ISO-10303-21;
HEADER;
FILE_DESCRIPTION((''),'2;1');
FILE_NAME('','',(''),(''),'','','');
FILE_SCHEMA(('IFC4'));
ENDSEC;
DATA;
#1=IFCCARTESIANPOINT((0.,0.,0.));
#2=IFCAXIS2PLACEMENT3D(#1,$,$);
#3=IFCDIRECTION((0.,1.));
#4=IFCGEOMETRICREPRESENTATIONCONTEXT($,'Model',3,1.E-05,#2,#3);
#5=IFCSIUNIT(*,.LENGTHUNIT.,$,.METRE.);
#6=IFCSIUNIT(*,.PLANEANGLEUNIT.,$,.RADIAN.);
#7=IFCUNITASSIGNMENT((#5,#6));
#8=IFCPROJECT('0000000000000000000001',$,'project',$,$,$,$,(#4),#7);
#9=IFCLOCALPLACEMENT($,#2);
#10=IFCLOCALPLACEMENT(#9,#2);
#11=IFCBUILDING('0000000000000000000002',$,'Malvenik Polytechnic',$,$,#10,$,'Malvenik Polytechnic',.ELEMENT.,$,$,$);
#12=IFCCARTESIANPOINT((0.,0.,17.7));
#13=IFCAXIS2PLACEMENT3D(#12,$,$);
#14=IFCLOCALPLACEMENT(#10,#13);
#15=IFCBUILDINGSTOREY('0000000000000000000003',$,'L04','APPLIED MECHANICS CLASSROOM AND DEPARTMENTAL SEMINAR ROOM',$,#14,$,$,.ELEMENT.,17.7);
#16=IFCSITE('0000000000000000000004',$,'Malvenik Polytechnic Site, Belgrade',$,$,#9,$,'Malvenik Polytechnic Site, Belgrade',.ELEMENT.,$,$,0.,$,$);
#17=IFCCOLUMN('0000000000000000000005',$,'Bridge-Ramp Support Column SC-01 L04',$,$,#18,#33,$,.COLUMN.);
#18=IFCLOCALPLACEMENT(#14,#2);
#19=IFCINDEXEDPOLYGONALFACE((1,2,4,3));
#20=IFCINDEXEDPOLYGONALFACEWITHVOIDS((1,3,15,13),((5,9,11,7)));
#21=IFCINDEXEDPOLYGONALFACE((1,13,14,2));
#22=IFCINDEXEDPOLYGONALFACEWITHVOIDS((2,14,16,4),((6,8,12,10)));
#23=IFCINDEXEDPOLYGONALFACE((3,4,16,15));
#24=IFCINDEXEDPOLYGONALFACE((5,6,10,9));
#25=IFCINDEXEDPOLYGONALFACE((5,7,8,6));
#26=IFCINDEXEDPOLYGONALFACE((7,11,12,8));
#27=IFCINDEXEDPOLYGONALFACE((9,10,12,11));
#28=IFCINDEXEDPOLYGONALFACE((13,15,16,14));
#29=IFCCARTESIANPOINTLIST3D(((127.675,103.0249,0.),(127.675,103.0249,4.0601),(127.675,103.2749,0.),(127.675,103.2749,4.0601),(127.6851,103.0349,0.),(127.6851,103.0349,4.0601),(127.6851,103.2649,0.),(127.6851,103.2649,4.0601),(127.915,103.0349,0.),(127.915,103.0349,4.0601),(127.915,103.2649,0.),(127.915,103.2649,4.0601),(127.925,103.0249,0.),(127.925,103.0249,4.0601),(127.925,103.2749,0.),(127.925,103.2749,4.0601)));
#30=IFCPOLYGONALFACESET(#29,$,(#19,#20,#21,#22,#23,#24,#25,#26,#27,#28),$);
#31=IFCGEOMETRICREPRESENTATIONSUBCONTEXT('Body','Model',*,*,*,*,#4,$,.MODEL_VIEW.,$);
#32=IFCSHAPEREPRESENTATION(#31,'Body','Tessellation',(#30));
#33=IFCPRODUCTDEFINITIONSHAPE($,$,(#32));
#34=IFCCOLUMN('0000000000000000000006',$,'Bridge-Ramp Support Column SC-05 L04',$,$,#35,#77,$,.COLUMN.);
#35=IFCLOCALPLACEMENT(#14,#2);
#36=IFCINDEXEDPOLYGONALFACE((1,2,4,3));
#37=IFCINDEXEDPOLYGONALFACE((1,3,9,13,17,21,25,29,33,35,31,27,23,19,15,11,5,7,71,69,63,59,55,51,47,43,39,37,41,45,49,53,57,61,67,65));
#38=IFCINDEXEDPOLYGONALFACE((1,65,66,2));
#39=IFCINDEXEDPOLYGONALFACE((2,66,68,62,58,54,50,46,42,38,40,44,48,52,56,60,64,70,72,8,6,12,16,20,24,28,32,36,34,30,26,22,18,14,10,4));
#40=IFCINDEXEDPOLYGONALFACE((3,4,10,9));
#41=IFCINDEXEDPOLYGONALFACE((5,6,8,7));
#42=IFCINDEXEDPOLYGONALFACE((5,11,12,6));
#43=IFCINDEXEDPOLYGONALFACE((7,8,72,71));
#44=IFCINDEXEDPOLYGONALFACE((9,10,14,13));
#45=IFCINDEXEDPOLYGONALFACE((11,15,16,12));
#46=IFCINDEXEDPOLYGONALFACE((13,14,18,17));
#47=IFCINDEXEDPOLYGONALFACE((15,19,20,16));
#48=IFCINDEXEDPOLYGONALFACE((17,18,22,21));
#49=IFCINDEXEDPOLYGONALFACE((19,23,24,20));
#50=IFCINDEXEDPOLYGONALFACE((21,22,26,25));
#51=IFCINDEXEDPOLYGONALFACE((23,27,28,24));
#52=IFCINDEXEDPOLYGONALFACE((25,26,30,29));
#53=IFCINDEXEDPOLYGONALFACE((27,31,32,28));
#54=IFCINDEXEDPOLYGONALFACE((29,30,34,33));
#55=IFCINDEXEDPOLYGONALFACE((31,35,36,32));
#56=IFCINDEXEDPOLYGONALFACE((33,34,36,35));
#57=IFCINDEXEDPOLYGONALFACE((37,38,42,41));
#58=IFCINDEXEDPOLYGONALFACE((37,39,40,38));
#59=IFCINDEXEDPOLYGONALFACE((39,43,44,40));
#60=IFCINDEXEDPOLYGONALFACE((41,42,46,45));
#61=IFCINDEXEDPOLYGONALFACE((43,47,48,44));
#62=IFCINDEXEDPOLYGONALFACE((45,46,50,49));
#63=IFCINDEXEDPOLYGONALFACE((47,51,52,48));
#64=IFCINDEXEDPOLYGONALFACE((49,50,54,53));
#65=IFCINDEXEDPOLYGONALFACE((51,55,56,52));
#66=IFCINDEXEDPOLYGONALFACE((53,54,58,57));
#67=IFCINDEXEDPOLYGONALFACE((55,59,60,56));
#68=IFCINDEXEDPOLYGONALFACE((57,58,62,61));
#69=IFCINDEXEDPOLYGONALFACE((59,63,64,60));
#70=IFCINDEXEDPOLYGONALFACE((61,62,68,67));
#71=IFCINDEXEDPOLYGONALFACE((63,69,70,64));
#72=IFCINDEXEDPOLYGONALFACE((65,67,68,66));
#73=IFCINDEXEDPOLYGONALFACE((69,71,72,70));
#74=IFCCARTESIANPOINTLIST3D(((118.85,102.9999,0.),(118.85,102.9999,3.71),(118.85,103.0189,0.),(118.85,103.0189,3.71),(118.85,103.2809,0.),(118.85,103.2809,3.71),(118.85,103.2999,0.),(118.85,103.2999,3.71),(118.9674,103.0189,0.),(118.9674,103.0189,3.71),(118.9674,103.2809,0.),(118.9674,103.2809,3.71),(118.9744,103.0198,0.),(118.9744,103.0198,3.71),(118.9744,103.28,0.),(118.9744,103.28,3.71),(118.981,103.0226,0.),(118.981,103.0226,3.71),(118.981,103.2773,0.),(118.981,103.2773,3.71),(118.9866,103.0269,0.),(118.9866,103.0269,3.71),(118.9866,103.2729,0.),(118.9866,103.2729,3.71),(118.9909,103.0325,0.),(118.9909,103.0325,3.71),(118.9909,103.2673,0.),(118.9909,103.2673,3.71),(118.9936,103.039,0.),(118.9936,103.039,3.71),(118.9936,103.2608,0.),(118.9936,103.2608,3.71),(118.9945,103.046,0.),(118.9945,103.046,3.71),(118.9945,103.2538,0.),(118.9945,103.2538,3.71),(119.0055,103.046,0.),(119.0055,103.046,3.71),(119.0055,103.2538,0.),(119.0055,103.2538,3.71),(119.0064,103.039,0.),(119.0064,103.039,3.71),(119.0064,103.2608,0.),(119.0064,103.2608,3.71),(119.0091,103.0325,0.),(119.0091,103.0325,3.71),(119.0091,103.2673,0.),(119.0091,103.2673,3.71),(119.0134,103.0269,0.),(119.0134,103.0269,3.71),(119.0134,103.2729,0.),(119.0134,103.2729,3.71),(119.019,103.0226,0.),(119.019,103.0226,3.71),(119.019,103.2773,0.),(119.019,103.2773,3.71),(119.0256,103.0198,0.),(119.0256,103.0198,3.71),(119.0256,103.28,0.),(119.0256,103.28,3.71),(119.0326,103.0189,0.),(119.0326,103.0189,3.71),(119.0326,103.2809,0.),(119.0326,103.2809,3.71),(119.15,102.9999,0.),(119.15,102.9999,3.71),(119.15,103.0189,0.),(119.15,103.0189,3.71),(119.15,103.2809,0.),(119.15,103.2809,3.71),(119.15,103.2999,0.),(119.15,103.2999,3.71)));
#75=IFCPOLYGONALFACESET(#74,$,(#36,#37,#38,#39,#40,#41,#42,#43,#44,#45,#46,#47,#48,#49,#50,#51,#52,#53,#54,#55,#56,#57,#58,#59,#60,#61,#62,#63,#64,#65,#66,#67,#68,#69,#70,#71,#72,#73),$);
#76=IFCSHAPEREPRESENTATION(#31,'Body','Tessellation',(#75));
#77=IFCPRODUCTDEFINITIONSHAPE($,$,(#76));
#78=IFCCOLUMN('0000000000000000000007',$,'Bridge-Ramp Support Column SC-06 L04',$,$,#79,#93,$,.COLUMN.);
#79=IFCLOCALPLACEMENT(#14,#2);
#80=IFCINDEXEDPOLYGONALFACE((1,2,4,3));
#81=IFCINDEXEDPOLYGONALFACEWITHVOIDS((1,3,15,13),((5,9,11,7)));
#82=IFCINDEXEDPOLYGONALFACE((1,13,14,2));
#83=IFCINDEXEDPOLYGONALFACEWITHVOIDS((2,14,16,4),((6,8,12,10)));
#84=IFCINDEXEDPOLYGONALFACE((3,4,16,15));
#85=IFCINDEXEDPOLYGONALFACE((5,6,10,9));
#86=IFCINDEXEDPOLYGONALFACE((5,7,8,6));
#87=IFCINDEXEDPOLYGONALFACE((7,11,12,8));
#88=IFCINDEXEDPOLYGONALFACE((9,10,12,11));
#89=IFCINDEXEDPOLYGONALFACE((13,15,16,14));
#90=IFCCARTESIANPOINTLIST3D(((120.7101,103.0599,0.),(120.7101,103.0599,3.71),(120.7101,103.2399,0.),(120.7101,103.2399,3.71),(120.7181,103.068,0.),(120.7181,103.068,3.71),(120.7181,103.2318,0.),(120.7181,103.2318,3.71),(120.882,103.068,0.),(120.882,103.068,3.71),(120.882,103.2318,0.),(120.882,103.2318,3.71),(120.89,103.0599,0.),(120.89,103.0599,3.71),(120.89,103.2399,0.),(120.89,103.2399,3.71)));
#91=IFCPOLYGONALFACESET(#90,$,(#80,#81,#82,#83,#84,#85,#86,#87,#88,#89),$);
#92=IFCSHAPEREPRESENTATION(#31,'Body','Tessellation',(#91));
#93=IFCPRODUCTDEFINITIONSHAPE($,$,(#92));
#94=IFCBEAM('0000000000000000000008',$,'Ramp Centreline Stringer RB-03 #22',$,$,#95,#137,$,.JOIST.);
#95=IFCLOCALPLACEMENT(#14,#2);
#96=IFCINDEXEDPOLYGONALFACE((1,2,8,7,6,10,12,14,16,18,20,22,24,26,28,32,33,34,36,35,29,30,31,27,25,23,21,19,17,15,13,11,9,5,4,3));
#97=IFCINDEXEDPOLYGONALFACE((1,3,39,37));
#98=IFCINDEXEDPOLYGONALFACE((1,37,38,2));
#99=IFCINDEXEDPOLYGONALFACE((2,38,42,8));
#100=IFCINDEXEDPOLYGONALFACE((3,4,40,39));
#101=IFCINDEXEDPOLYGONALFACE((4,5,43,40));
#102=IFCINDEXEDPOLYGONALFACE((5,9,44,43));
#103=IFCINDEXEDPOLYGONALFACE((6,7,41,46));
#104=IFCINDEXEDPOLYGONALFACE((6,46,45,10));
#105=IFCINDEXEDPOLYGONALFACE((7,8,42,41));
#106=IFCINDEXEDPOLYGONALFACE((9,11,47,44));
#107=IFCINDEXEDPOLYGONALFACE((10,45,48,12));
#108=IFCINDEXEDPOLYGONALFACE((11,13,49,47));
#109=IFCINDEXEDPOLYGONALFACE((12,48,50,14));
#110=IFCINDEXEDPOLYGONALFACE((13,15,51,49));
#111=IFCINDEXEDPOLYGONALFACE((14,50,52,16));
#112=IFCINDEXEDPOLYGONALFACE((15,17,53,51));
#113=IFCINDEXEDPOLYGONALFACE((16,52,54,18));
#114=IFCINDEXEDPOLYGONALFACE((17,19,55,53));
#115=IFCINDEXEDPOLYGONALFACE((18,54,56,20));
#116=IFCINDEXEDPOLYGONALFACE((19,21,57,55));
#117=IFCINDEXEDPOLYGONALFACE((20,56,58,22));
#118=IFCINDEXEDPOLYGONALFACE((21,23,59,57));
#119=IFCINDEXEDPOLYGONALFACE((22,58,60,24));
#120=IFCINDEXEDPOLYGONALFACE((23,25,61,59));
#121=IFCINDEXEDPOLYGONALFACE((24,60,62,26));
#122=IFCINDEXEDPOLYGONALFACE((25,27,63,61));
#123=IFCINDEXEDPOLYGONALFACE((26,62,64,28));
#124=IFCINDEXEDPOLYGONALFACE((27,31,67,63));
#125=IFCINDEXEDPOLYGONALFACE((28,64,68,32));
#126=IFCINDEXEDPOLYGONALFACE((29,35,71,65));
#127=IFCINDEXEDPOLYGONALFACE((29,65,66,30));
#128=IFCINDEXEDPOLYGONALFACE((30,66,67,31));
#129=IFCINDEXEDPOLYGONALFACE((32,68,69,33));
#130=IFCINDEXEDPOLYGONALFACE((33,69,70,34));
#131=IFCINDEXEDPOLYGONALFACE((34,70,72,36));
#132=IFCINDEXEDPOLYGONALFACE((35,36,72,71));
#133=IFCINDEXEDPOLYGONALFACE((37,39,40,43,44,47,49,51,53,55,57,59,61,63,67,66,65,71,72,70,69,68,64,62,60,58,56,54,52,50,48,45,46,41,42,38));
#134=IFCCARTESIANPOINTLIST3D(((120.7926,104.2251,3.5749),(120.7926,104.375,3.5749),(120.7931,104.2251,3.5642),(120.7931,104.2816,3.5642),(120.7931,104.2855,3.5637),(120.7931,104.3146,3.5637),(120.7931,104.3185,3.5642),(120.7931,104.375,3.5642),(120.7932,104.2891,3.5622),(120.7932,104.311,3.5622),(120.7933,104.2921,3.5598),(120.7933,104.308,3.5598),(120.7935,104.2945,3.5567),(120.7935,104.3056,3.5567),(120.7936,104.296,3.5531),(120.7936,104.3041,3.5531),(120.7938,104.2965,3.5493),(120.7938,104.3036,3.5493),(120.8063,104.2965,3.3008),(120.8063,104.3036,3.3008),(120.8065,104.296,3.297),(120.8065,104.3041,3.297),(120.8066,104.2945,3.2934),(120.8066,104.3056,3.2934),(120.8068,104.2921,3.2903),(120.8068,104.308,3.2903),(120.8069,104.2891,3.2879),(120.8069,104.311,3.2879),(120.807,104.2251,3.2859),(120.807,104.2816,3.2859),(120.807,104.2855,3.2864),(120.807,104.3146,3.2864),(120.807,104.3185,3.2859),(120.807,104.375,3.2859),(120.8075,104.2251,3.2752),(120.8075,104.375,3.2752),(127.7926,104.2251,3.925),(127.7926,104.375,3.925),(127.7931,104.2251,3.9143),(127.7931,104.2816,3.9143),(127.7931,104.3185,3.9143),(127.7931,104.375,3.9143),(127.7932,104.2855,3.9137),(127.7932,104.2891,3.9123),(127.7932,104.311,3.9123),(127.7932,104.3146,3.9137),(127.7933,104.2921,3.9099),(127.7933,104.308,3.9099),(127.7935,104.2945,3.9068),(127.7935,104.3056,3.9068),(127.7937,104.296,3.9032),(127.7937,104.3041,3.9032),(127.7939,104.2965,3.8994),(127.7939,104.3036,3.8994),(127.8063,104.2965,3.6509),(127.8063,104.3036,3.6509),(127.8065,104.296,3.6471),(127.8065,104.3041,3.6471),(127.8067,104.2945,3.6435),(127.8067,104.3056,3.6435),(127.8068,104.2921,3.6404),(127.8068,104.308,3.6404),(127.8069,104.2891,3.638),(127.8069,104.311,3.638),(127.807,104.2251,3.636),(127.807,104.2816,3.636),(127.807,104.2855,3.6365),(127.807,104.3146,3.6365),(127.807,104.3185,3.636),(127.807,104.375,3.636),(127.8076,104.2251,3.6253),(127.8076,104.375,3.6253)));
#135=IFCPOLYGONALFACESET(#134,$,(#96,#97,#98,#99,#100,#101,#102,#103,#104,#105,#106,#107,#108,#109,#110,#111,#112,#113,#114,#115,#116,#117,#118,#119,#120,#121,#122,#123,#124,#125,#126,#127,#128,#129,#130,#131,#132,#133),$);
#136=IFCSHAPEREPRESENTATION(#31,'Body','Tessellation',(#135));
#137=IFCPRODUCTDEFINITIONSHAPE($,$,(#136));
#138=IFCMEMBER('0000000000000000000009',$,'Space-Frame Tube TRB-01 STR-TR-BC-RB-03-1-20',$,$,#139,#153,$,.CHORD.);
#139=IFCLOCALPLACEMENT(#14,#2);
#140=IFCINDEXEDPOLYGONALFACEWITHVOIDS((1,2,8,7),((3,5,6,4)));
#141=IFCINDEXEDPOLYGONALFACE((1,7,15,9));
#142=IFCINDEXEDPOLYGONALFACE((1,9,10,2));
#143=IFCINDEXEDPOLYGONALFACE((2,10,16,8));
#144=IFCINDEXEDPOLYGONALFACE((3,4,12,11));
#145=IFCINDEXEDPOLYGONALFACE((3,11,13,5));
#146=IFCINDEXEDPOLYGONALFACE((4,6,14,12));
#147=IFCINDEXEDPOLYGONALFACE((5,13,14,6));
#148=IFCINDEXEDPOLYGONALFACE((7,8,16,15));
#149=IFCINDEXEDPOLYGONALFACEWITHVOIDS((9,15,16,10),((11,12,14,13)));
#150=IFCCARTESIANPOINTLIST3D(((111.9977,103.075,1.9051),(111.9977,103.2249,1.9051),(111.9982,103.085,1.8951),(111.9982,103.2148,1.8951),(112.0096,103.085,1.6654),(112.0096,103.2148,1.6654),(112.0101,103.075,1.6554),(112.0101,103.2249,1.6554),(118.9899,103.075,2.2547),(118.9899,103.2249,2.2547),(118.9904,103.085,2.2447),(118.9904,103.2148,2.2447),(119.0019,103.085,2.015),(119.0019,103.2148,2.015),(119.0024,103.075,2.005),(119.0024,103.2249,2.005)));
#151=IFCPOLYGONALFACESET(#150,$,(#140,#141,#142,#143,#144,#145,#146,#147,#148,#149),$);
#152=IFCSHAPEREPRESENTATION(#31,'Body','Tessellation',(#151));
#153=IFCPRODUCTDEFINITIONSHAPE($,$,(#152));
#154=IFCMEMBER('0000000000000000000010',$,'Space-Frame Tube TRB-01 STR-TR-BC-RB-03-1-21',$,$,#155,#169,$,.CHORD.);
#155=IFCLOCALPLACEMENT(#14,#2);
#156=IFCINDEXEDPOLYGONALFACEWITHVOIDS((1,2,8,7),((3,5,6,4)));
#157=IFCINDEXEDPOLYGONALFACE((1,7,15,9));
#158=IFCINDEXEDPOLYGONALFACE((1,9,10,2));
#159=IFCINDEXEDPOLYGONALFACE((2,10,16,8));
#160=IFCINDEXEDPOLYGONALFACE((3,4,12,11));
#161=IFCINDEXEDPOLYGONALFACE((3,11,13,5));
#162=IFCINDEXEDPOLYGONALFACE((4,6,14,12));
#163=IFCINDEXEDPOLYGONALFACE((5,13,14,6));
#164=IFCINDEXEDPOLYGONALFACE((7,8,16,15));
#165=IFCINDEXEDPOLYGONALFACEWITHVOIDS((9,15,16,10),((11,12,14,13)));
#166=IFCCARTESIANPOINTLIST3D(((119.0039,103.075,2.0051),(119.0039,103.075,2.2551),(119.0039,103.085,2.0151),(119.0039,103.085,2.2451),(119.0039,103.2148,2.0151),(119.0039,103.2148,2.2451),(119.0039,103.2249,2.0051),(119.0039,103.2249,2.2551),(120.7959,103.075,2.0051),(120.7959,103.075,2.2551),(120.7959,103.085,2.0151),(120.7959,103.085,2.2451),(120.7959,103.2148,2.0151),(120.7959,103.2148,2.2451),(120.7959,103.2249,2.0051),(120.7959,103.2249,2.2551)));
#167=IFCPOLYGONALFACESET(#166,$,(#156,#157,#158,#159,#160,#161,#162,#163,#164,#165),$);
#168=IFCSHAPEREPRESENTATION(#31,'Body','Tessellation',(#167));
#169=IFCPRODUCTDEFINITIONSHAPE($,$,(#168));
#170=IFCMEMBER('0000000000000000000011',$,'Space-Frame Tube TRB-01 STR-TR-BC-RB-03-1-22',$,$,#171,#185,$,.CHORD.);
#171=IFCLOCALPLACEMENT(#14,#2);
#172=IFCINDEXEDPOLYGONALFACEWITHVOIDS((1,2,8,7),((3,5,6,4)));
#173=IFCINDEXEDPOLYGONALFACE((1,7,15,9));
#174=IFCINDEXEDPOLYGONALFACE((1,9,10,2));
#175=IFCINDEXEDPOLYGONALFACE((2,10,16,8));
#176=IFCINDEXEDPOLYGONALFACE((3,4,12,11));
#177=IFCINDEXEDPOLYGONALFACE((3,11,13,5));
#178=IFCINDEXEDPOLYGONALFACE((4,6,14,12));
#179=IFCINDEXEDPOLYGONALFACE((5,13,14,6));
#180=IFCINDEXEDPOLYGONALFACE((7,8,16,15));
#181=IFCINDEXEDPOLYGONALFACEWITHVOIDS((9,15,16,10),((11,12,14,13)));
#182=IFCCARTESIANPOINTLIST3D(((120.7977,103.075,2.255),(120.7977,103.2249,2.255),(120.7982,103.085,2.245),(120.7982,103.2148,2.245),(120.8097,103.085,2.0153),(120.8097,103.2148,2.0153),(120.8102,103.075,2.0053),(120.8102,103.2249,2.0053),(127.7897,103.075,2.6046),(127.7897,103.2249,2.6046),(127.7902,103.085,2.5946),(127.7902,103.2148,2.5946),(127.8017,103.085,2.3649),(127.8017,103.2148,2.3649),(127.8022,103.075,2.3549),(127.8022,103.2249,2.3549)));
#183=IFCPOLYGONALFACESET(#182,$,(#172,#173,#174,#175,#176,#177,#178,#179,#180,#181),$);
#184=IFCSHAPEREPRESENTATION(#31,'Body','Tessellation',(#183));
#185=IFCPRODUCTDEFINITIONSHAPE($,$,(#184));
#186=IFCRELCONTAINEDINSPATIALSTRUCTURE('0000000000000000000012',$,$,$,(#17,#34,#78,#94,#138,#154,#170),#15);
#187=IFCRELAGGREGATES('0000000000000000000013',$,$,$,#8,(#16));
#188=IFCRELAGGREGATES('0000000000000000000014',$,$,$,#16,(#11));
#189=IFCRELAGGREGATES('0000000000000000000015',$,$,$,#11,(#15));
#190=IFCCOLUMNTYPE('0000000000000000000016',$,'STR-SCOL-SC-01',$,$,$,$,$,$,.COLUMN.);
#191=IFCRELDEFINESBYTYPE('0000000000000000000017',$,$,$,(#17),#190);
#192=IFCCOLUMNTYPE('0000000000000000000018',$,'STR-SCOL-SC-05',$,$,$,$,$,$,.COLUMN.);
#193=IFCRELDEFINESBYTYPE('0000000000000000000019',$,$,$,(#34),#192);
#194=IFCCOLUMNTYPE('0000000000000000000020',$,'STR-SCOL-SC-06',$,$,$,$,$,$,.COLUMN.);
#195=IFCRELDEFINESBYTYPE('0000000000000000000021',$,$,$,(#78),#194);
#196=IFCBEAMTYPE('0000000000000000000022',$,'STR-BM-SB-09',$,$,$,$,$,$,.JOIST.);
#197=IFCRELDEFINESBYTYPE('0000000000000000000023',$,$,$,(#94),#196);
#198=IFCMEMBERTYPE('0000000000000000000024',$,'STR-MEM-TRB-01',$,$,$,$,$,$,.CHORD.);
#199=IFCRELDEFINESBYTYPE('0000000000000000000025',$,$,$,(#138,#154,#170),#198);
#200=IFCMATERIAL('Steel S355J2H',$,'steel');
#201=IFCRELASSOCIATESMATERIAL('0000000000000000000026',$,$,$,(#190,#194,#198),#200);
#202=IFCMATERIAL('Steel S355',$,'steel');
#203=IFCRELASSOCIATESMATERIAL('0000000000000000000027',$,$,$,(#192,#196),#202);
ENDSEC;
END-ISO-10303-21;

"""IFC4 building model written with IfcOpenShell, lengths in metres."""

from ifc_helpers import new_model, si_unit, direction, frame, origin, origin_2d, place, context, subcontext, project, spatial, hollow_rectangle, i_section, extrude, material, material_profile, profile_set, type_object, element, save


model = new_model("IFC4")

# Units and contexts
model_context = context("Model", 3, precision=1e-05, world=origin(), true_north=direction((0.0, 1.0)))
body_context = subcontext(model_context, "Body", "Model", "MODEL_VIEW")
ifc_project = project(units=[si_unit("LENGTHUNIT", "METRE"), si_unit("PLANEANGLEUNIT", "RADIAN")], contexts=[model_context])

# Site, building, storey
site_placement = place(None, origin())
site = spatial("IfcSite", under=ifc_project, at=site_placement, Name="Malvenik Polytechnic Site, Belgrade", LongName="Malvenik Polytechnic Site, Belgrade", CompositionType="ELEMENT", RefElevation=0.0)
building_placement = place(site_placement, origin())
building = spatial("IfcBuilding", under=site, at=building_placement, Name="Malvenik Polytechnic", LongName="Malvenik Polytechnic", CompositionType="ELEMENT")
storey_placement = place(building_placement, frame((0.0, 0.0, 17.7)))
storey = spatial("IfcBuildingStorey", under=building, at=storey_placement, Name="L04", Description="APPLIED MECHANICS CLASSROOM AND DEPARTMENTAL SEMINAR ROOM", CompositionType="ELEMENT", Elevation=17.7)

# Columns
ifc_material_1 = material(Name="Steel S355J2H", Category="steel")
ifc_material_profile_1 = material_profile(ifc_material_1, hollow_rectangle(XDim=0.25, YDim=0.25, WallThickness=0.01, at=origin_2d()), Name="SHS 250x250x10.0")
ifc_profile_set_1 = profile_set([ifc_material_profile_1], Name="Steel S355J2H")
column_type_1 = type_object("IfcColumnType", Name="STR-SCOL-SC-01", PredefinedType="COLUMN", material=ifc_profile_set_1)
column_1_placement = place(storey_placement, frame((127.8, 103.1499, 0.0), z_axis=(0.0, 0.0, 1.0), x_axis=(1.0, 0.0, 0.0)))
element("IfcColumn", 1, at=column_1_placement, inside=storey, type_object=column_type_1, Name="Bridge-Ramp Support Column SC-01 L04", PredefinedType="COLUMN", context=body_context, shape_type="SweptSolid", body=[
    extrude(hollow_rectangle(XDim=0.25, YDim=0.25, WallThickness=0.01, at=origin_2d()), origin(), (0.0, 0.0, 1.0), 4.0601),
])
ifc_material_2 = material(Name="Steel S355", Category="steel")
ifc_material_profile_2 = material_profile(ifc_material_2, i_section(OverallWidth=0.3, OverallDepth=0.3, WebThickness=0.011, FlangeThickness=0.019, FilletRadius=0.0271, at=origin_2d()), Name="HEB 300")
ifc_profile_set_2 = profile_set([ifc_material_profile_2], Name="Steel S355")
column_type_2 = type_object("IfcColumnType", Name="STR-SCOL-SC-05", PredefinedType="COLUMN", material=ifc_profile_set_2)
column_2_placement = place(storey_placement, frame((119.0, 103.1499, 0.0), z_axis=(0.0, 0.0, 1.0), x_axis=(1.0, 0.0, 0.0)))
element("IfcColumn", 2, at=column_2_placement, inside=storey, type_object=column_type_2, Name="Bridge-Ramp Support Column SC-05 L04", PredefinedType="COLUMN", context=body_context, shape_type="SweptSolid", body=[
    extrude(i_section(OverallWidth=0.3, OverallDepth=0.3, WebThickness=0.011, FlangeThickness=0.019, FilletRadius=0.0271, at=origin_2d()), origin(), (0.0, 0.0, 1.0), 3.71),
])
ifc_material_profile_3 = material_profile(ifc_material_1, hollow_rectangle(XDim=0.1799, YDim=0.1799, WallThickness=0.0081, at=origin_2d()), Name="SHS 180x180x8.0")
ifc_profile_set_3 = profile_set([ifc_material_profile_3], Name="Steel S355J2H")
column_type_3 = type_object("IfcColumnType", Name="STR-SCOL-SC-06", PredefinedType="COLUMN", material=ifc_profile_set_3)
column_3_placement = place(storey_placement, frame((120.8, 103.1499, 0.0), z_axis=(0.0, 0.0, 1.0), x_axis=(1.0, 0.0, 0.0)))
element("IfcColumn", 3, at=column_3_placement, inside=storey, type_object=column_type_3, Name="Bridge-Ramp Support Column SC-06 L04", PredefinedType="COLUMN", context=body_context, shape_type="SweptSolid", body=[
    extrude(hollow_rectangle(XDim=0.1799, YDim=0.1799, WallThickness=0.0081, at=origin_2d()), origin(), (0.0, 0.0, 1.0), 3.71),
])

# Beam
ifc_material_profile_4 = material_profile(ifc_material_2, i_section(OverallWidth=0.1499, OverallDepth=0.3, WebThickness=0.0071, FlangeThickness=0.0107, FilletRadius=0.0149, at=origin_2d()), Name="IPE 300")
ifc_profile_set_4 = profile_set([ifc_material_profile_4], Name="Steel S355")
beam_type = type_object("IfcBeamType", Name="STR-BM-SB-09", PredefinedType="JOIST", material=ifc_profile_set_4)
beam_placement = place(storey_placement, frame((120.8, 104.3, 3.425), z_axis=(0.998752, 0.0, 0.049952), x_axis=(0.0, 1.0, 0.0)))
element("IfcBeam", 4, at=beam_placement, inside=storey, type_object=beam_type, Name="Ramp Centreline Stringer RB-03 #22", PredefinedType="JOIST", context=body_context, shape_type="SweptSolid", body=[
    extrude(i_section(OverallWidth=0.1499, OverallDepth=0.3, WebThickness=0.0071, FlangeThickness=0.0107, FilletRadius=0.0149, at=origin_2d()), origin(), (0.0, 0.0, 1.0), 7.0088),
])

# Members
ifc_material_profile_5 = material_profile(ifc_material_1, hollow_rectangle(XDim=0.1499, YDim=0.25, WallThickness=0.01, at=origin_2d()), Name="RHS 250x150x10.0")
ifc_profile_set_5 = profile_set([ifc_material_profile_5], Name="Steel S355J2H")
member_type_1 = type_object("IfcMemberType", Name="STR-MEM-TRB-01", PredefinedType="CHORD", material=ifc_profile_set_5)
member_1_placement = place(storey_placement, frame((112.0039, 103.1499, 1.7803), z_axis=(0.998752, 0.0, 0.049938), x_axis=(0.0, 1.0, 0.0)))
element("IfcMember", 5, at=member_1_placement, inside=storey, type_object=member_type_1, Name="Space-Frame Tube TRB-01 STR-TR-BC-RB-03-1-20", PredefinedType="CHORD", context=body_context, shape_type="SweptSolid", body=[
    extrude(hollow_rectangle(XDim=0.1499, YDim=0.25, WallThickness=0.01, at=origin_2d()), origin(), (0.0, 0.0, 1.0), 7.001),
])
member_2_placement = place(storey_placement, frame((119.0039, 103.1499, 2.1301), z_axis=(1.0, 0.0, 0.0), x_axis=(0.0, 1.0, 0.0)))
element("IfcMember", 6, at=member_2_placement, inside=storey, type_object=member_type_1, Name="Space-Frame Tube TRB-01 STR-TR-BC-RB-03-1-21", PredefinedType="CHORD", context=body_context, shape_type="SweptSolid", body=[
    extrude(hollow_rectangle(XDim=0.1499, YDim=0.25, WallThickness=0.01, at=origin_2d()), origin(), (0.0, 0.0, 1.0), 1.792),
])
member_3_placement = place(storey_placement, frame((120.804, 103.1499, 2.1301), z_axis=(0.998752, 0.0, 0.049939), x_axis=(0.0, 1.0, 0.0)))
element("IfcMember", 7, at=member_3_placement, inside=storey, type_object=member_type_1, Name="Space-Frame Tube TRB-01 STR-TR-BC-RB-03-1-22", PredefinedType="CHORD", context=body_context, shape_type="SweptSolid", body=[
    extrude(hollow_rectangle(XDim=0.1499, YDim=0.25, WallThickness=0.01, at=origin_2d()), origin(), (0.0, 0.0, 1.0), 7.0007),
])

save(model, "model.ifc")
